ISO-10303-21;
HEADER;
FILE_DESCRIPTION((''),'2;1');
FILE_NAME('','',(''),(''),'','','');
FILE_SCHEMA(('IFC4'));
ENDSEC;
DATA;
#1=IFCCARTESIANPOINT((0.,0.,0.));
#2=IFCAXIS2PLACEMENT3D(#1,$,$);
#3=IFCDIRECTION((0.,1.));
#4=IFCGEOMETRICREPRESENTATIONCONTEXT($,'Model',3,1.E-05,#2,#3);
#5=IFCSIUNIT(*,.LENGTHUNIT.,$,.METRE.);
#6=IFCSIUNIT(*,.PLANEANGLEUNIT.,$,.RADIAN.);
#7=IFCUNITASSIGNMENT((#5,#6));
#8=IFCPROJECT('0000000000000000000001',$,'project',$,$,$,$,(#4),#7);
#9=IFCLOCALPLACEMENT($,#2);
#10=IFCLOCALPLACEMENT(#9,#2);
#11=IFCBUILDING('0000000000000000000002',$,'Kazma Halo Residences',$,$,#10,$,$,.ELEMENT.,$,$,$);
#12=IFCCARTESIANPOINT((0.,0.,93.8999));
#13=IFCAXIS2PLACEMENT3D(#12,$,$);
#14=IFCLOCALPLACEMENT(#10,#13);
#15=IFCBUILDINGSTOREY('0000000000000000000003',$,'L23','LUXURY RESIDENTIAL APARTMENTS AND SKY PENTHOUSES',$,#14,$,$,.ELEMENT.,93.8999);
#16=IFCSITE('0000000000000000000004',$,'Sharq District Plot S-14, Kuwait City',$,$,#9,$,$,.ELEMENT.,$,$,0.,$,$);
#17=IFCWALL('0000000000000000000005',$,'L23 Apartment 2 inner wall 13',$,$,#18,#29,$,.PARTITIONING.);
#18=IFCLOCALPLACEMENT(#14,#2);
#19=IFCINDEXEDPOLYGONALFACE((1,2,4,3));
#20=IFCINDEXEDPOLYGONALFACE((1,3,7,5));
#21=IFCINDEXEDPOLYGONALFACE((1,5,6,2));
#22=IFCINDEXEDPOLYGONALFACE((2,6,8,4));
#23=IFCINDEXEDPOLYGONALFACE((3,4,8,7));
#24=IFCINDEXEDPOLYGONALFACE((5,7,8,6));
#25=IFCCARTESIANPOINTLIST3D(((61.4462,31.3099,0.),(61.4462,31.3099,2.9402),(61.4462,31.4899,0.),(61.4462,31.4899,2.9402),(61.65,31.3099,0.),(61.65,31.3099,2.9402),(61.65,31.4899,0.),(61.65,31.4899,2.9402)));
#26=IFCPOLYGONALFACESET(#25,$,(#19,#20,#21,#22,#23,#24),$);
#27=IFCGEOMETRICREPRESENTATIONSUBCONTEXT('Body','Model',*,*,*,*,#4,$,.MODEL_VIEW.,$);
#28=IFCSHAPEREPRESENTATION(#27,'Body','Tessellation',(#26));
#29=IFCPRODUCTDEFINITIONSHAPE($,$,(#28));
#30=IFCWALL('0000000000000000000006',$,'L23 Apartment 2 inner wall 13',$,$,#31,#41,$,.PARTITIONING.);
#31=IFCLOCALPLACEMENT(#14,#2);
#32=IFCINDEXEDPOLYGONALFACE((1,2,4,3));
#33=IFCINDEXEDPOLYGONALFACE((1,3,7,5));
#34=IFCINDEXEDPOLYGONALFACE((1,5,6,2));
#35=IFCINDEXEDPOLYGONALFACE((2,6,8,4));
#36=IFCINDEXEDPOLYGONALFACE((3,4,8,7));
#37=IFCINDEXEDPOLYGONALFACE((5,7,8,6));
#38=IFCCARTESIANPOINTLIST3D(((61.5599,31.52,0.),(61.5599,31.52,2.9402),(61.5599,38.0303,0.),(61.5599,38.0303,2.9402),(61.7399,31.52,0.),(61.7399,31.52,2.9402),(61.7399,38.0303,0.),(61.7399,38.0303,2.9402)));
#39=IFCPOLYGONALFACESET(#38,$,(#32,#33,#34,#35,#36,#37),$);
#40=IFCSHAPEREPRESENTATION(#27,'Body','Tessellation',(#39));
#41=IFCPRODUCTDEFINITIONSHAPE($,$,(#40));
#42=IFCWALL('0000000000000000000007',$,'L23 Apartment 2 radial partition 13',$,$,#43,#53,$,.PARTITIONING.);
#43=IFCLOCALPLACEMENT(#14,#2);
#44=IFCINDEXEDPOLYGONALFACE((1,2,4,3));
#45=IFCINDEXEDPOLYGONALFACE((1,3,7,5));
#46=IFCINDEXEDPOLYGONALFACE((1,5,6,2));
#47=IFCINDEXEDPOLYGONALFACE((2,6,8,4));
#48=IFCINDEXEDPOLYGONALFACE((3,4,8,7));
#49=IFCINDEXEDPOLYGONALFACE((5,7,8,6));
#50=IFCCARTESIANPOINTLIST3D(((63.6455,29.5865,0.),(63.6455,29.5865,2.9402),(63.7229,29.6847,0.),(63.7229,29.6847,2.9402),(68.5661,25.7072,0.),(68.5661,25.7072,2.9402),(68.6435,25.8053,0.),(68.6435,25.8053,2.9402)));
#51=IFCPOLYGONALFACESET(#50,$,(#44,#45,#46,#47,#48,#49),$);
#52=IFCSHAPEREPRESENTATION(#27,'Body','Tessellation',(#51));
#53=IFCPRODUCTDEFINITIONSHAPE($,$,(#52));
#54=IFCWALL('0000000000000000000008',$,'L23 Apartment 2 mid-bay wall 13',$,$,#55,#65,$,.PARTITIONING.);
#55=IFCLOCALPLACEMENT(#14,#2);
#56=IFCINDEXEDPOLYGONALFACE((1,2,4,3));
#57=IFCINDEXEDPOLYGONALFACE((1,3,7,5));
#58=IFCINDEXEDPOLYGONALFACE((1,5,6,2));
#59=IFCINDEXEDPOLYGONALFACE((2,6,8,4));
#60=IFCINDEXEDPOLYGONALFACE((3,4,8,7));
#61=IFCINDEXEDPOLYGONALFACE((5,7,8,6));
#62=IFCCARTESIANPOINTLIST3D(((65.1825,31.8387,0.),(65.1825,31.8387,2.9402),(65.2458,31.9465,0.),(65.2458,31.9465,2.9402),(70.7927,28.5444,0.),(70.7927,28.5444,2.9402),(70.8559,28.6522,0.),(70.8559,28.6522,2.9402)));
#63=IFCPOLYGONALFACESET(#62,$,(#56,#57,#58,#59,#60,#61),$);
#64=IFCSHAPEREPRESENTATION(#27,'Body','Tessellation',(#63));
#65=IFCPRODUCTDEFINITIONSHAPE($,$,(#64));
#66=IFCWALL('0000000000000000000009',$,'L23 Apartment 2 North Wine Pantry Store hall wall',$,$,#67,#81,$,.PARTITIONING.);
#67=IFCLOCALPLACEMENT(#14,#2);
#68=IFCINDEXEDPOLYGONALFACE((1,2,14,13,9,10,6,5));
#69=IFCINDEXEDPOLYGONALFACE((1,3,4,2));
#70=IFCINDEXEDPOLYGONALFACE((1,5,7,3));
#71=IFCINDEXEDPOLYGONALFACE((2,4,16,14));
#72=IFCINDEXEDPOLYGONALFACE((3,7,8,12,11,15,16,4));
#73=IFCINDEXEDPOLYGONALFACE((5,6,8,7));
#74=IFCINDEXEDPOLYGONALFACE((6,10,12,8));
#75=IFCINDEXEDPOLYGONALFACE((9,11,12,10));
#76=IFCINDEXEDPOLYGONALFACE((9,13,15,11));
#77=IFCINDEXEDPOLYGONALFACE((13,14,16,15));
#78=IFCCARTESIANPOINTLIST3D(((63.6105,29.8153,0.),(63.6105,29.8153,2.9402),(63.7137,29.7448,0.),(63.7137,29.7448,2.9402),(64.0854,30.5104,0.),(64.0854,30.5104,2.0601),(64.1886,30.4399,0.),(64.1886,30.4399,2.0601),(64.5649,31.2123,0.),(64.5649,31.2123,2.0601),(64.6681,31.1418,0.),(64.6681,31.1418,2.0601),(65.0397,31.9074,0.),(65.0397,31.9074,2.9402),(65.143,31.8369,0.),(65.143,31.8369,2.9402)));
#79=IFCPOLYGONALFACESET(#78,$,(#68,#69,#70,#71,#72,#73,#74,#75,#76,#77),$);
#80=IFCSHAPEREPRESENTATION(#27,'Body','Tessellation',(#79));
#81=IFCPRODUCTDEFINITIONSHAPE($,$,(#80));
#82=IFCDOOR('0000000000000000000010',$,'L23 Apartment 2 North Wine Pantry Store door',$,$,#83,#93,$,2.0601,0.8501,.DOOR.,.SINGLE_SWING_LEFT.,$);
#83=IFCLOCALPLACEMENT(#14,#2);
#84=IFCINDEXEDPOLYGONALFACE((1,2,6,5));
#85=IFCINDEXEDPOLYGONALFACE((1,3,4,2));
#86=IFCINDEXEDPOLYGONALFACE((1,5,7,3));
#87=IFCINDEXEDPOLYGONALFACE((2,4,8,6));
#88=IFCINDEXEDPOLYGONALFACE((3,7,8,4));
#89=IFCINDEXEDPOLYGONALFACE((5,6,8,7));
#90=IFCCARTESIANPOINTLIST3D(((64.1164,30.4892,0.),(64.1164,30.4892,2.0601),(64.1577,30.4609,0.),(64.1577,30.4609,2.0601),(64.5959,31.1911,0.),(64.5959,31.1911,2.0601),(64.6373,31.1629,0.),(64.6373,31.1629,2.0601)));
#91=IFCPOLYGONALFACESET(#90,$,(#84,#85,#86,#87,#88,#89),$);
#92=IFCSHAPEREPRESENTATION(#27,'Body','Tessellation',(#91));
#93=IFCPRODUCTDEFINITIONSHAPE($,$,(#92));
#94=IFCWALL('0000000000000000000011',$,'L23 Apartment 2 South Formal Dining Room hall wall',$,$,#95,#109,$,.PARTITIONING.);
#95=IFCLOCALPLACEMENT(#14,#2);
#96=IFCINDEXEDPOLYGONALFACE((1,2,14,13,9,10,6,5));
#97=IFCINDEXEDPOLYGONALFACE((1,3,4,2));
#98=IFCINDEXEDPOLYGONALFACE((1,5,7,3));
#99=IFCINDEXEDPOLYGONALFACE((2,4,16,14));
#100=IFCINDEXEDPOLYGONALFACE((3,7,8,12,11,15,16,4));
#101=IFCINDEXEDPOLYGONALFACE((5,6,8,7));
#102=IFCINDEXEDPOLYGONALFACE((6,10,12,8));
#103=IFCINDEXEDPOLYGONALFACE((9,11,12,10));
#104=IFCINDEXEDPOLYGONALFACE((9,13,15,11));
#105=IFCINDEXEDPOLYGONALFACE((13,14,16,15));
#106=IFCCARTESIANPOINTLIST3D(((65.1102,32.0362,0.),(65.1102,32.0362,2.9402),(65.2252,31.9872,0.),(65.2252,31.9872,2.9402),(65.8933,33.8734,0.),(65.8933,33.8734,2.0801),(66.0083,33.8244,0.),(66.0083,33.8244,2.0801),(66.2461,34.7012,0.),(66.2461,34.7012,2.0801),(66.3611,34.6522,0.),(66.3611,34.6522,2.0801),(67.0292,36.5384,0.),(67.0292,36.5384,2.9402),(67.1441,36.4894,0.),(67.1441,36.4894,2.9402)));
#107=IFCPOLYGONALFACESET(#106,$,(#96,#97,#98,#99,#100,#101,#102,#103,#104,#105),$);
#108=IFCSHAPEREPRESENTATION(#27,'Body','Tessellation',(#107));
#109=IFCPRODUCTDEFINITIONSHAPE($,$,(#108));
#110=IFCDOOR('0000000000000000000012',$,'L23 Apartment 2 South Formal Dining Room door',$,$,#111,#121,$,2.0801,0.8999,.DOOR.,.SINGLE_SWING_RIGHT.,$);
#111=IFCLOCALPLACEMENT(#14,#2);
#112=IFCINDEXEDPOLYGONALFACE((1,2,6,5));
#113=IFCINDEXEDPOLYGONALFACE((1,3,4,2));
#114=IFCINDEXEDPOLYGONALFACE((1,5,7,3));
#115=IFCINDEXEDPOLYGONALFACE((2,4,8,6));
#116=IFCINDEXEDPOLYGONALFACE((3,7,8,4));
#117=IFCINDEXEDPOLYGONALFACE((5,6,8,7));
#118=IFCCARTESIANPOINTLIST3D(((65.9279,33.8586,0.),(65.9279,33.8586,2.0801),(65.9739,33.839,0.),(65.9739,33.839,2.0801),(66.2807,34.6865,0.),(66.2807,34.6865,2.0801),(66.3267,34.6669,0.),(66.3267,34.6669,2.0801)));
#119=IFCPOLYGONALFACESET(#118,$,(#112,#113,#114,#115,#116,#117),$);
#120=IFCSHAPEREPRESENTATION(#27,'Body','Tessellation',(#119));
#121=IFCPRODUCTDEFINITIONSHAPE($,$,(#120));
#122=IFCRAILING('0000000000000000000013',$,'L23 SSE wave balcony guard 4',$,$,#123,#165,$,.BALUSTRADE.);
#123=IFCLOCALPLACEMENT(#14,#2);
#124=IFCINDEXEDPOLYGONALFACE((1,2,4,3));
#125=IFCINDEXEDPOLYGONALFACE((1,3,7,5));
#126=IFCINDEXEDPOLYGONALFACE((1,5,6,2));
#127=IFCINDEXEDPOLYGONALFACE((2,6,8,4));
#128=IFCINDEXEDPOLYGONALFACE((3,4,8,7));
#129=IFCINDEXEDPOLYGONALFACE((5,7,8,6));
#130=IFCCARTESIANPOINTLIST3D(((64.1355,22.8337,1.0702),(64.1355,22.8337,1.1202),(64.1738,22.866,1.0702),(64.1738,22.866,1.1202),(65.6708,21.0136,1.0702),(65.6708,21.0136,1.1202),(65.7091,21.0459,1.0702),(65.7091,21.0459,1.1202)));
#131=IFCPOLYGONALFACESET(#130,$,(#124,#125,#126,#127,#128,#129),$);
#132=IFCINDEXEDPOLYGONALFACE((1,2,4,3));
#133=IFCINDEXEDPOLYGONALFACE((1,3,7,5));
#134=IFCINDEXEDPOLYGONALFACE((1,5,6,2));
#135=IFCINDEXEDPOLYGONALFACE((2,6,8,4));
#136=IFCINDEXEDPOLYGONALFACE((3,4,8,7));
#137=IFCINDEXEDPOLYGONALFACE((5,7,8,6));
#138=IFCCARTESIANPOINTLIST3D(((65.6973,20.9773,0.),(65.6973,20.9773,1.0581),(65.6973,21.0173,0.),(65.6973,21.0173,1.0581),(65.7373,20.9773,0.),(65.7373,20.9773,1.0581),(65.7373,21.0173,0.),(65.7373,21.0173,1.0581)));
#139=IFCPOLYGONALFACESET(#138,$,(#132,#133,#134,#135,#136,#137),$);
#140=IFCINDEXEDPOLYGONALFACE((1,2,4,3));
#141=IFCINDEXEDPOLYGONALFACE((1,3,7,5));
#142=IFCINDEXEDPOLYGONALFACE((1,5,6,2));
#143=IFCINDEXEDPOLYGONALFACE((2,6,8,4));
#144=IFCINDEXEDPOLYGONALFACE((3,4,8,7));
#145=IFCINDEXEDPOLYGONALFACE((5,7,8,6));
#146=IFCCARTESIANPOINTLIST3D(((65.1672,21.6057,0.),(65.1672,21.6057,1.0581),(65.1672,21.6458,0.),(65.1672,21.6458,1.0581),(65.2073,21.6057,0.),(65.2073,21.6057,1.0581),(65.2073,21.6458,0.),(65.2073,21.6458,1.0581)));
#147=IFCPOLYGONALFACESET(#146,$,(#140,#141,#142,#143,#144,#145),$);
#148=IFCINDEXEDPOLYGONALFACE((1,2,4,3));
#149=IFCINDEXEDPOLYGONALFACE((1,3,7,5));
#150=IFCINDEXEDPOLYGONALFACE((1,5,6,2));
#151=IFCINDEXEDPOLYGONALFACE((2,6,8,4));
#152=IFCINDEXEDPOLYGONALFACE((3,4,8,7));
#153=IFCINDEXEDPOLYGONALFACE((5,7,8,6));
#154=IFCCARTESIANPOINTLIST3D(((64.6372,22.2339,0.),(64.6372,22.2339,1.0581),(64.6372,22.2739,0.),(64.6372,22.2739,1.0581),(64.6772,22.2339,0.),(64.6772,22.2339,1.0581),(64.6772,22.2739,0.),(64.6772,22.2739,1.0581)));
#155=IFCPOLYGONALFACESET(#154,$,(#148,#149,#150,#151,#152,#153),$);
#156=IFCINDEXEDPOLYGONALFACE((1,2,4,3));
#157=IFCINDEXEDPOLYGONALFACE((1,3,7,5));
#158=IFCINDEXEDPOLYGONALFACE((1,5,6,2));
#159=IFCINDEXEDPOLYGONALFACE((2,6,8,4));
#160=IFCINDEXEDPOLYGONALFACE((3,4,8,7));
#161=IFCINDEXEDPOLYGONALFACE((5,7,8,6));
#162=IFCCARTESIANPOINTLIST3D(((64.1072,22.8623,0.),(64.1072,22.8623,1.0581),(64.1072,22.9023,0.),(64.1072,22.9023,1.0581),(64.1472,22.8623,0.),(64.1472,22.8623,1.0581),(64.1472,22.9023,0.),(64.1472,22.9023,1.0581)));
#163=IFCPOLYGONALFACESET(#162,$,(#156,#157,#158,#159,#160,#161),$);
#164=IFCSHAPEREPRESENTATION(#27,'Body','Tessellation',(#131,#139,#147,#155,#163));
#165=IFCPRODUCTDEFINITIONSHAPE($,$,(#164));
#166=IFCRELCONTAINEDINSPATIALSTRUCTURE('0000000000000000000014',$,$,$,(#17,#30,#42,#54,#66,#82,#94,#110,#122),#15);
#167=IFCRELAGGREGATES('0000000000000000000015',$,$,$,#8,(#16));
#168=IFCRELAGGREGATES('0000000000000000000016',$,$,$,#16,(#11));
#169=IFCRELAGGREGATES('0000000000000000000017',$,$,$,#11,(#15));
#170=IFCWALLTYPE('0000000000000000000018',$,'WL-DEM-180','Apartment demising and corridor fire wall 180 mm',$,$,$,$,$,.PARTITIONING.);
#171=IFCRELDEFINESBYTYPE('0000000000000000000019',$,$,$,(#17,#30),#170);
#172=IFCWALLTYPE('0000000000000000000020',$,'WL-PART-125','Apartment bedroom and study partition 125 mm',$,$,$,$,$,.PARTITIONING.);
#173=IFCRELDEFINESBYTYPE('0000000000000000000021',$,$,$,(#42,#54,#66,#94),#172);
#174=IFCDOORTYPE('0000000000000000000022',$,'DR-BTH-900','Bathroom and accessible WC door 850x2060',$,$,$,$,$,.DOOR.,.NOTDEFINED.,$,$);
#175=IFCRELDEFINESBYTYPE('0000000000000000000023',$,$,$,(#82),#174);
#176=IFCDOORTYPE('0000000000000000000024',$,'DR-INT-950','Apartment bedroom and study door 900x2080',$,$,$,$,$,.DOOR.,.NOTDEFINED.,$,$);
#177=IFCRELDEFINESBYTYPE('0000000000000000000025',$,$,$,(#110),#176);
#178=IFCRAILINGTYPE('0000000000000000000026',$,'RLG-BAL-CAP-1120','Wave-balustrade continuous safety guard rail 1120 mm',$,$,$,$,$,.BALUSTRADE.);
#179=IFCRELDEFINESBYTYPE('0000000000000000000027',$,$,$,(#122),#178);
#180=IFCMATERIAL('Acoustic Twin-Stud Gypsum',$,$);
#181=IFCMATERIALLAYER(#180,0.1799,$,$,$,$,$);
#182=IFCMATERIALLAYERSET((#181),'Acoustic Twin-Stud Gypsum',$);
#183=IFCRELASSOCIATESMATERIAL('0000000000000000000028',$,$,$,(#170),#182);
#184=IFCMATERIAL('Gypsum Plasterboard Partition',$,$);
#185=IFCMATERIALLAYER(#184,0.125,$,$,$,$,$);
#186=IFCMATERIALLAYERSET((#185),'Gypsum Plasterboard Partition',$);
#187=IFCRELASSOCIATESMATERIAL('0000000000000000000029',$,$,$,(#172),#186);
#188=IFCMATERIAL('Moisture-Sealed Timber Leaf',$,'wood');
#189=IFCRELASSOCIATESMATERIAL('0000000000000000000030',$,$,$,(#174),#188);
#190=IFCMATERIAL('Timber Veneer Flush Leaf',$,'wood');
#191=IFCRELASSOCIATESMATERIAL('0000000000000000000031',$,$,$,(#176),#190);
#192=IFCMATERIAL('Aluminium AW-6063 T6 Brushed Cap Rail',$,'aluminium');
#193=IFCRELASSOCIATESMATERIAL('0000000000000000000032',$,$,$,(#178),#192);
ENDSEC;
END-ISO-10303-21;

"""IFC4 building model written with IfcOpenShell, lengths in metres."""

from ifc_helpers import new_model, si_unit, direction, frame, frame_2d, origin, origin_2d, place, context, subcontext, project, spatial, rectangle, extrude, material, layer, layer_set, type_object, element, fill, save


model = new_model("IFC4")

# Units and contexts
model_context = context("Model", 3, precision=1e-05, world=origin(), true_north=direction((0.0, 1.0)))
body_context = subcontext(model_context, "Body", "Model", "MODEL_VIEW")
ifc_project = project(units=[si_unit("LENGTHUNIT", "METRE"), si_unit("PLANEANGLEUNIT", "RADIAN")], contexts=[model_context])

# Site, building, storey
site_placement = place(None, origin())
site = spatial("IfcSite", under=ifc_project, at=site_placement, Name="Sharq District Plot S-14, Kuwait City", CompositionType="ELEMENT", RefElevation=0.0)
building_placement = place(site_placement, origin())
building = spatial("IfcBuilding", under=site, at=building_placement, Name="Kazma Halo Residences", CompositionType="ELEMENT")
storey_placement = place(building_placement, frame((0.0, 0.0, 93.8999)))
storey = spatial("IfcBuildingStorey", under=building, at=storey_placement, Name="L23", Description="LUXURY RESIDENTIAL APARTMENTS AND SKY PENTHOUSES", CompositionType="ELEMENT", Elevation=93.8999)

# Walls
ifc_material_1 = material(Name="Acoustic Twin-Stud Gypsum")
ifc_layer_1 = layer(ifc_material_1, 0.1799)
ifc_layer_set_1 = layer_set([ifc_layer_1], Name="Acoustic Twin-Stud Gypsum")
wall_type_1 = type_object("IfcWallType", Name="WL-DEM-180", Description="Apartment demising and corridor fire wall 180 mm", PredefinedType="PARTITIONING", material=ifc_layer_set_1)
wall_1_placement = place(storey_placement, frame((61.446, 31.3999, 0.0), z_axis=(0.0, 0.0, 1.0), x_axis=(1.0, 0.0, 0.0)))
element("IfcWall", 1, at=wall_1_placement, inside=storey, type_object=wall_type_1, Name="L23 Apartment 2 inner wall 13", PredefinedType="PARTITIONING", context=body_context, shape_type="SweptSolid", body=[
    extrude(rectangle(XDim=0.2039, YDim=0.1799, at=frame_2d((0.1021, 0.0))), origin(), (0.0, 0.0, 1.0), 2.9402),
])
wall_2_placement = place(storey_placement, frame((61.6499, 31.52, 0.0), z_axis=(0.0, 0.0, 1.0), x_axis=(0.0, 1.0, 0.0)))
element("IfcWall", 2, at=wall_2_placement, inside=storey, type_object=wall_type_1, Name="L23 Apartment 2 inner wall 13", PredefinedType="PARTITIONING", context=body_context, shape_type="SweptSolid", body=[
    extrude(rectangle(XDim=6.5103, YDim=0.1799, at=frame_2d((3.2551, 0.0))), origin(), (0.0, 0.0, 1.0), 2.9402),
])

# Walls
ifc_material_2 = material(Name="Gypsum Plasterboard Partition")
ifc_layer_2 = layer(ifc_material_2, 0.125)
ifc_layer_set_2 = layer_set([ifc_layer_2], Name="Gypsum Plasterboard Partition")
wall_type_2 = type_object("IfcWallType", Name="WL-PART-125", Description="Apartment bedroom and study partition 125 mm", PredefinedType="PARTITIONING", material=ifc_layer_set_2)
wall_3_placement = place(storey_placement, frame((63.6843, 29.6355, 0.0), z_axis=(0.0, 0.0, 1.0), x_axis=(0.785296, -0.61912, 0.0)))
element("IfcWall", 3, at=wall_3_placement, inside=storey, type_object=wall_type_2, Name="L23 Apartment 2 radial partition 13", PredefinedType="PARTITIONING", context=body_context, shape_type="SweptSolid", body=[
    extrude(rectangle(XDim=6.2659, YDim=0.125, at=frame_2d((3.1328, 0.0))), origin(), (0.0, 0.0, 1.0), 2.9402),
])
wall_4_placement = place(storey_placement, frame((65.2141, 31.8926, 0.0), z_axis=(0.0, 0.0, 1.0), x_axis=(0.862329, -0.506349, 0.0)))
element("IfcWall", 4, at=wall_4_placement, inside=storey, type_object=wall_type_2, Name="L23 Apartment 2 mid-bay wall 13", PredefinedType="PARTITIONING", context=body_context, shape_type="SweptSolid", body=[
    extrude(rectangle(XDim=6.5059, YDim=0.125, at=frame_2d((3.2529, 0.0))), origin(), (0.0, 0.0, 1.0), 2.9402),
])

# Walls, openings, doors
wall_5_placement = place(storey_placement, frame((63.6621, 29.78, 0.0), z_axis=(0.0, 0.0, 1.0), x_axis=(0.564093, 0.825711, 0.0)))
wall_5 = element("IfcWall", 5, at=wall_5_placement, inside=storey, type_object=wall_type_2, Name="L23 Apartment 2 North Wine Pantry Store hall wall", PredefinedType="PARTITIONING", context=body_context, shape_type="SweptSolid", body=[
    extrude(rectangle(XDim=2.5337, YDim=0.125, at=frame_2d((1.2668, 0.0))), origin(), (0.0, 0.0, 1.0), 2.9402),
])
opening_1_placement = place(wall_5_placement, frame((0.8418, 0.0, 0.0)))
opening_1 = element("IfcOpeningElement", 6, at=opening_1_placement, cuts=wall_5, PredefinedType="OPENING", context=body_context, shape_type="SweptSolid", body=[
    extrude(rectangle(XDim=0.8501, YDim=2.0601, at=frame_2d((0.425, 1.03))), frame((0.0, 0.0725, 0.0), z_axis=(0.0, -1.0, 0.0), x_axis=(1.0, 0.0, 0.0)), (0.0, 0.0, 1.0), 0.145),
])
ifc_material_3 = material(Name="Moisture-Sealed Timber Leaf", Category="wood")
door_type_1 = type_object("IfcDoorType", Name="DR-BTH-900", Description="Bathroom and accessible WC door 850x2060", OperationType="NOTDEFINED", PredefinedType="DOOR", material=ifc_material_3)
door_1_placement = place(opening_1_placement, origin())
door_1 = element("IfcDoor", 7, at=door_1_placement, inside=storey, type_object=door_type_1, Name="L23 Apartment 2 North Wine Pantry Store door", OperationType="SINGLE_SWING_LEFT", OverallHeight=2.0601, OverallWidth=0.8501, PredefinedType="DOOR", context=body_context, shape_type="SweptSolid", body=[
    extrude(rectangle(XDim=0.8501, YDim=2.0601, at=frame_2d((0.425, 1.03))), frame((0.0, 0.0249, 0.0), z_axis=(0.0, -1.0, 0.0), x_axis=(1.0, 0.0, 0.0)), (0.0, 0.0, 1.0), 0.05),
])
fill(opening_1, door_1)
wall_6_placement = place(storey_placement, frame((65.1677, 32.0117, 0.0), z_axis=(0.0, 0.0, 1.0), x_axis=(0.392094, 0.919925, 0.0)))
wall_6 = element("IfcWall", 8, at=wall_6_placement, inside=storey, type_object=wall_type_2, Name="L23 Apartment 2 South Formal Dining Room hall wall", PredefinedType="PARTITIONING", context=body_context, shape_type="SweptSolid", body=[
    extrude(rectangle(XDim=4.894, YDim=0.125, at=frame_2d((2.447, 0.0))), origin(), (0.0, 0.0, 1.0), 2.9402),
])
opening_2_placement = place(wall_6_placement, frame((1.9971, 0.0, 0.0)))
opening_2 = element("IfcOpeningElement", 9, at=opening_2_placement, cuts=wall_6, PredefinedType="OPENING", context=body_context, shape_type="SweptSolid", body=[
    extrude(rectangle(XDim=0.8999, YDim=2.0801, at=frame_2d((0.45, 1.04))), frame((0.0, 0.0725, 0.0), z_axis=(0.0, -1.0, 0.0), x_axis=(1.0, 0.0, 0.0)), (0.0, 0.0, 1.0), 0.145),
])
ifc_material_4 = material(Name="Timber Veneer Flush Leaf", Category="wood")
door_type_2 = type_object("IfcDoorType", Name="DR-INT-950", Description="Apartment bedroom and study door 900x2080", OperationType="NOTDEFINED", PredefinedType="DOOR", material=ifc_material_4)
door_2_placement = place(opening_2_placement, origin())
door_2 = element("IfcDoor", 10, at=door_2_placement, inside=storey, type_object=door_type_2, Name="L23 Apartment 2 South Formal Dining Room door", OperationType="SINGLE_SWING_RIGHT", OverallHeight=2.0801, OverallWidth=0.8999, PredefinedType="DOOR", context=body_context, shape_type="SweptSolid", body=[
    extrude(rectangle(XDim=0.8999, YDim=2.0801, at=frame_2d((0.45, 1.04))), frame((0.0, 0.0249, 0.0), z_axis=(0.0, -1.0, 0.0), x_axis=(1.0, 0.0, 0.0)), (0.0, 0.0, 1.0), 0.05),
])
fill(opening_2, door_2)

# Railing
ifc_material_5 = material(Name="Aluminium AW-6063 T6 Brushed Cap Rail", Category="aluminium")
railing_type = type_object("IfcRailingType", Name="RLG-BAL-CAP-1120", Description="Wave-balustrade continuous safety guard rail 1120 mm", PredefinedType="BALUSTRADE", material=ifc_material_5)
railing_1_placement = place(storey_placement, frame((65.7173, 20.9973, 0.0)))
element("IfcRailing", 11, at=railing_1_placement, inside=storey, type_object=railing_type, Name="L23 SSE wave balcony guard 4", PredefinedType="BALUSTRADE", context=body_context, shape_type="SweptSolid", body=[
    extrude(rectangle(XDim=0.05, YDim=0.05, at=origin_2d()), frame((-0.0273, 0.0325, 1.0952), z_axis=(-0.644779, 0.764369, 0.0), x_axis=(-0.764369, -0.644779, 0.0)), (0.0, 0.0, 1.0), 2.3811),
    extrude(rectangle(XDim=0.04, YDim=0.04, at=origin_2d()), origin(), (0.0, 0.0, 1.0), 1.0581),
    extrude(rectangle(XDim=0.04, YDim=0.04, at=origin_2d()), frame((-0.53, 0.6284, 0.0)), (0.0, 0.0, 1.0), 1.0581),
    extrude(rectangle(XDim=0.04, YDim=0.04, at=origin_2d()), frame((-1.0601, 1.2566, 0.0)), (0.0, 0.0, 1.0), 1.0581),
    extrude(rectangle(XDim=0.04, YDim=0.04, at=origin_2d()), frame((-1.5901, 1.885, 0.0)), (0.0, 0.0, 1.0), 1.0581),
])

save(model, "model.ifc")
